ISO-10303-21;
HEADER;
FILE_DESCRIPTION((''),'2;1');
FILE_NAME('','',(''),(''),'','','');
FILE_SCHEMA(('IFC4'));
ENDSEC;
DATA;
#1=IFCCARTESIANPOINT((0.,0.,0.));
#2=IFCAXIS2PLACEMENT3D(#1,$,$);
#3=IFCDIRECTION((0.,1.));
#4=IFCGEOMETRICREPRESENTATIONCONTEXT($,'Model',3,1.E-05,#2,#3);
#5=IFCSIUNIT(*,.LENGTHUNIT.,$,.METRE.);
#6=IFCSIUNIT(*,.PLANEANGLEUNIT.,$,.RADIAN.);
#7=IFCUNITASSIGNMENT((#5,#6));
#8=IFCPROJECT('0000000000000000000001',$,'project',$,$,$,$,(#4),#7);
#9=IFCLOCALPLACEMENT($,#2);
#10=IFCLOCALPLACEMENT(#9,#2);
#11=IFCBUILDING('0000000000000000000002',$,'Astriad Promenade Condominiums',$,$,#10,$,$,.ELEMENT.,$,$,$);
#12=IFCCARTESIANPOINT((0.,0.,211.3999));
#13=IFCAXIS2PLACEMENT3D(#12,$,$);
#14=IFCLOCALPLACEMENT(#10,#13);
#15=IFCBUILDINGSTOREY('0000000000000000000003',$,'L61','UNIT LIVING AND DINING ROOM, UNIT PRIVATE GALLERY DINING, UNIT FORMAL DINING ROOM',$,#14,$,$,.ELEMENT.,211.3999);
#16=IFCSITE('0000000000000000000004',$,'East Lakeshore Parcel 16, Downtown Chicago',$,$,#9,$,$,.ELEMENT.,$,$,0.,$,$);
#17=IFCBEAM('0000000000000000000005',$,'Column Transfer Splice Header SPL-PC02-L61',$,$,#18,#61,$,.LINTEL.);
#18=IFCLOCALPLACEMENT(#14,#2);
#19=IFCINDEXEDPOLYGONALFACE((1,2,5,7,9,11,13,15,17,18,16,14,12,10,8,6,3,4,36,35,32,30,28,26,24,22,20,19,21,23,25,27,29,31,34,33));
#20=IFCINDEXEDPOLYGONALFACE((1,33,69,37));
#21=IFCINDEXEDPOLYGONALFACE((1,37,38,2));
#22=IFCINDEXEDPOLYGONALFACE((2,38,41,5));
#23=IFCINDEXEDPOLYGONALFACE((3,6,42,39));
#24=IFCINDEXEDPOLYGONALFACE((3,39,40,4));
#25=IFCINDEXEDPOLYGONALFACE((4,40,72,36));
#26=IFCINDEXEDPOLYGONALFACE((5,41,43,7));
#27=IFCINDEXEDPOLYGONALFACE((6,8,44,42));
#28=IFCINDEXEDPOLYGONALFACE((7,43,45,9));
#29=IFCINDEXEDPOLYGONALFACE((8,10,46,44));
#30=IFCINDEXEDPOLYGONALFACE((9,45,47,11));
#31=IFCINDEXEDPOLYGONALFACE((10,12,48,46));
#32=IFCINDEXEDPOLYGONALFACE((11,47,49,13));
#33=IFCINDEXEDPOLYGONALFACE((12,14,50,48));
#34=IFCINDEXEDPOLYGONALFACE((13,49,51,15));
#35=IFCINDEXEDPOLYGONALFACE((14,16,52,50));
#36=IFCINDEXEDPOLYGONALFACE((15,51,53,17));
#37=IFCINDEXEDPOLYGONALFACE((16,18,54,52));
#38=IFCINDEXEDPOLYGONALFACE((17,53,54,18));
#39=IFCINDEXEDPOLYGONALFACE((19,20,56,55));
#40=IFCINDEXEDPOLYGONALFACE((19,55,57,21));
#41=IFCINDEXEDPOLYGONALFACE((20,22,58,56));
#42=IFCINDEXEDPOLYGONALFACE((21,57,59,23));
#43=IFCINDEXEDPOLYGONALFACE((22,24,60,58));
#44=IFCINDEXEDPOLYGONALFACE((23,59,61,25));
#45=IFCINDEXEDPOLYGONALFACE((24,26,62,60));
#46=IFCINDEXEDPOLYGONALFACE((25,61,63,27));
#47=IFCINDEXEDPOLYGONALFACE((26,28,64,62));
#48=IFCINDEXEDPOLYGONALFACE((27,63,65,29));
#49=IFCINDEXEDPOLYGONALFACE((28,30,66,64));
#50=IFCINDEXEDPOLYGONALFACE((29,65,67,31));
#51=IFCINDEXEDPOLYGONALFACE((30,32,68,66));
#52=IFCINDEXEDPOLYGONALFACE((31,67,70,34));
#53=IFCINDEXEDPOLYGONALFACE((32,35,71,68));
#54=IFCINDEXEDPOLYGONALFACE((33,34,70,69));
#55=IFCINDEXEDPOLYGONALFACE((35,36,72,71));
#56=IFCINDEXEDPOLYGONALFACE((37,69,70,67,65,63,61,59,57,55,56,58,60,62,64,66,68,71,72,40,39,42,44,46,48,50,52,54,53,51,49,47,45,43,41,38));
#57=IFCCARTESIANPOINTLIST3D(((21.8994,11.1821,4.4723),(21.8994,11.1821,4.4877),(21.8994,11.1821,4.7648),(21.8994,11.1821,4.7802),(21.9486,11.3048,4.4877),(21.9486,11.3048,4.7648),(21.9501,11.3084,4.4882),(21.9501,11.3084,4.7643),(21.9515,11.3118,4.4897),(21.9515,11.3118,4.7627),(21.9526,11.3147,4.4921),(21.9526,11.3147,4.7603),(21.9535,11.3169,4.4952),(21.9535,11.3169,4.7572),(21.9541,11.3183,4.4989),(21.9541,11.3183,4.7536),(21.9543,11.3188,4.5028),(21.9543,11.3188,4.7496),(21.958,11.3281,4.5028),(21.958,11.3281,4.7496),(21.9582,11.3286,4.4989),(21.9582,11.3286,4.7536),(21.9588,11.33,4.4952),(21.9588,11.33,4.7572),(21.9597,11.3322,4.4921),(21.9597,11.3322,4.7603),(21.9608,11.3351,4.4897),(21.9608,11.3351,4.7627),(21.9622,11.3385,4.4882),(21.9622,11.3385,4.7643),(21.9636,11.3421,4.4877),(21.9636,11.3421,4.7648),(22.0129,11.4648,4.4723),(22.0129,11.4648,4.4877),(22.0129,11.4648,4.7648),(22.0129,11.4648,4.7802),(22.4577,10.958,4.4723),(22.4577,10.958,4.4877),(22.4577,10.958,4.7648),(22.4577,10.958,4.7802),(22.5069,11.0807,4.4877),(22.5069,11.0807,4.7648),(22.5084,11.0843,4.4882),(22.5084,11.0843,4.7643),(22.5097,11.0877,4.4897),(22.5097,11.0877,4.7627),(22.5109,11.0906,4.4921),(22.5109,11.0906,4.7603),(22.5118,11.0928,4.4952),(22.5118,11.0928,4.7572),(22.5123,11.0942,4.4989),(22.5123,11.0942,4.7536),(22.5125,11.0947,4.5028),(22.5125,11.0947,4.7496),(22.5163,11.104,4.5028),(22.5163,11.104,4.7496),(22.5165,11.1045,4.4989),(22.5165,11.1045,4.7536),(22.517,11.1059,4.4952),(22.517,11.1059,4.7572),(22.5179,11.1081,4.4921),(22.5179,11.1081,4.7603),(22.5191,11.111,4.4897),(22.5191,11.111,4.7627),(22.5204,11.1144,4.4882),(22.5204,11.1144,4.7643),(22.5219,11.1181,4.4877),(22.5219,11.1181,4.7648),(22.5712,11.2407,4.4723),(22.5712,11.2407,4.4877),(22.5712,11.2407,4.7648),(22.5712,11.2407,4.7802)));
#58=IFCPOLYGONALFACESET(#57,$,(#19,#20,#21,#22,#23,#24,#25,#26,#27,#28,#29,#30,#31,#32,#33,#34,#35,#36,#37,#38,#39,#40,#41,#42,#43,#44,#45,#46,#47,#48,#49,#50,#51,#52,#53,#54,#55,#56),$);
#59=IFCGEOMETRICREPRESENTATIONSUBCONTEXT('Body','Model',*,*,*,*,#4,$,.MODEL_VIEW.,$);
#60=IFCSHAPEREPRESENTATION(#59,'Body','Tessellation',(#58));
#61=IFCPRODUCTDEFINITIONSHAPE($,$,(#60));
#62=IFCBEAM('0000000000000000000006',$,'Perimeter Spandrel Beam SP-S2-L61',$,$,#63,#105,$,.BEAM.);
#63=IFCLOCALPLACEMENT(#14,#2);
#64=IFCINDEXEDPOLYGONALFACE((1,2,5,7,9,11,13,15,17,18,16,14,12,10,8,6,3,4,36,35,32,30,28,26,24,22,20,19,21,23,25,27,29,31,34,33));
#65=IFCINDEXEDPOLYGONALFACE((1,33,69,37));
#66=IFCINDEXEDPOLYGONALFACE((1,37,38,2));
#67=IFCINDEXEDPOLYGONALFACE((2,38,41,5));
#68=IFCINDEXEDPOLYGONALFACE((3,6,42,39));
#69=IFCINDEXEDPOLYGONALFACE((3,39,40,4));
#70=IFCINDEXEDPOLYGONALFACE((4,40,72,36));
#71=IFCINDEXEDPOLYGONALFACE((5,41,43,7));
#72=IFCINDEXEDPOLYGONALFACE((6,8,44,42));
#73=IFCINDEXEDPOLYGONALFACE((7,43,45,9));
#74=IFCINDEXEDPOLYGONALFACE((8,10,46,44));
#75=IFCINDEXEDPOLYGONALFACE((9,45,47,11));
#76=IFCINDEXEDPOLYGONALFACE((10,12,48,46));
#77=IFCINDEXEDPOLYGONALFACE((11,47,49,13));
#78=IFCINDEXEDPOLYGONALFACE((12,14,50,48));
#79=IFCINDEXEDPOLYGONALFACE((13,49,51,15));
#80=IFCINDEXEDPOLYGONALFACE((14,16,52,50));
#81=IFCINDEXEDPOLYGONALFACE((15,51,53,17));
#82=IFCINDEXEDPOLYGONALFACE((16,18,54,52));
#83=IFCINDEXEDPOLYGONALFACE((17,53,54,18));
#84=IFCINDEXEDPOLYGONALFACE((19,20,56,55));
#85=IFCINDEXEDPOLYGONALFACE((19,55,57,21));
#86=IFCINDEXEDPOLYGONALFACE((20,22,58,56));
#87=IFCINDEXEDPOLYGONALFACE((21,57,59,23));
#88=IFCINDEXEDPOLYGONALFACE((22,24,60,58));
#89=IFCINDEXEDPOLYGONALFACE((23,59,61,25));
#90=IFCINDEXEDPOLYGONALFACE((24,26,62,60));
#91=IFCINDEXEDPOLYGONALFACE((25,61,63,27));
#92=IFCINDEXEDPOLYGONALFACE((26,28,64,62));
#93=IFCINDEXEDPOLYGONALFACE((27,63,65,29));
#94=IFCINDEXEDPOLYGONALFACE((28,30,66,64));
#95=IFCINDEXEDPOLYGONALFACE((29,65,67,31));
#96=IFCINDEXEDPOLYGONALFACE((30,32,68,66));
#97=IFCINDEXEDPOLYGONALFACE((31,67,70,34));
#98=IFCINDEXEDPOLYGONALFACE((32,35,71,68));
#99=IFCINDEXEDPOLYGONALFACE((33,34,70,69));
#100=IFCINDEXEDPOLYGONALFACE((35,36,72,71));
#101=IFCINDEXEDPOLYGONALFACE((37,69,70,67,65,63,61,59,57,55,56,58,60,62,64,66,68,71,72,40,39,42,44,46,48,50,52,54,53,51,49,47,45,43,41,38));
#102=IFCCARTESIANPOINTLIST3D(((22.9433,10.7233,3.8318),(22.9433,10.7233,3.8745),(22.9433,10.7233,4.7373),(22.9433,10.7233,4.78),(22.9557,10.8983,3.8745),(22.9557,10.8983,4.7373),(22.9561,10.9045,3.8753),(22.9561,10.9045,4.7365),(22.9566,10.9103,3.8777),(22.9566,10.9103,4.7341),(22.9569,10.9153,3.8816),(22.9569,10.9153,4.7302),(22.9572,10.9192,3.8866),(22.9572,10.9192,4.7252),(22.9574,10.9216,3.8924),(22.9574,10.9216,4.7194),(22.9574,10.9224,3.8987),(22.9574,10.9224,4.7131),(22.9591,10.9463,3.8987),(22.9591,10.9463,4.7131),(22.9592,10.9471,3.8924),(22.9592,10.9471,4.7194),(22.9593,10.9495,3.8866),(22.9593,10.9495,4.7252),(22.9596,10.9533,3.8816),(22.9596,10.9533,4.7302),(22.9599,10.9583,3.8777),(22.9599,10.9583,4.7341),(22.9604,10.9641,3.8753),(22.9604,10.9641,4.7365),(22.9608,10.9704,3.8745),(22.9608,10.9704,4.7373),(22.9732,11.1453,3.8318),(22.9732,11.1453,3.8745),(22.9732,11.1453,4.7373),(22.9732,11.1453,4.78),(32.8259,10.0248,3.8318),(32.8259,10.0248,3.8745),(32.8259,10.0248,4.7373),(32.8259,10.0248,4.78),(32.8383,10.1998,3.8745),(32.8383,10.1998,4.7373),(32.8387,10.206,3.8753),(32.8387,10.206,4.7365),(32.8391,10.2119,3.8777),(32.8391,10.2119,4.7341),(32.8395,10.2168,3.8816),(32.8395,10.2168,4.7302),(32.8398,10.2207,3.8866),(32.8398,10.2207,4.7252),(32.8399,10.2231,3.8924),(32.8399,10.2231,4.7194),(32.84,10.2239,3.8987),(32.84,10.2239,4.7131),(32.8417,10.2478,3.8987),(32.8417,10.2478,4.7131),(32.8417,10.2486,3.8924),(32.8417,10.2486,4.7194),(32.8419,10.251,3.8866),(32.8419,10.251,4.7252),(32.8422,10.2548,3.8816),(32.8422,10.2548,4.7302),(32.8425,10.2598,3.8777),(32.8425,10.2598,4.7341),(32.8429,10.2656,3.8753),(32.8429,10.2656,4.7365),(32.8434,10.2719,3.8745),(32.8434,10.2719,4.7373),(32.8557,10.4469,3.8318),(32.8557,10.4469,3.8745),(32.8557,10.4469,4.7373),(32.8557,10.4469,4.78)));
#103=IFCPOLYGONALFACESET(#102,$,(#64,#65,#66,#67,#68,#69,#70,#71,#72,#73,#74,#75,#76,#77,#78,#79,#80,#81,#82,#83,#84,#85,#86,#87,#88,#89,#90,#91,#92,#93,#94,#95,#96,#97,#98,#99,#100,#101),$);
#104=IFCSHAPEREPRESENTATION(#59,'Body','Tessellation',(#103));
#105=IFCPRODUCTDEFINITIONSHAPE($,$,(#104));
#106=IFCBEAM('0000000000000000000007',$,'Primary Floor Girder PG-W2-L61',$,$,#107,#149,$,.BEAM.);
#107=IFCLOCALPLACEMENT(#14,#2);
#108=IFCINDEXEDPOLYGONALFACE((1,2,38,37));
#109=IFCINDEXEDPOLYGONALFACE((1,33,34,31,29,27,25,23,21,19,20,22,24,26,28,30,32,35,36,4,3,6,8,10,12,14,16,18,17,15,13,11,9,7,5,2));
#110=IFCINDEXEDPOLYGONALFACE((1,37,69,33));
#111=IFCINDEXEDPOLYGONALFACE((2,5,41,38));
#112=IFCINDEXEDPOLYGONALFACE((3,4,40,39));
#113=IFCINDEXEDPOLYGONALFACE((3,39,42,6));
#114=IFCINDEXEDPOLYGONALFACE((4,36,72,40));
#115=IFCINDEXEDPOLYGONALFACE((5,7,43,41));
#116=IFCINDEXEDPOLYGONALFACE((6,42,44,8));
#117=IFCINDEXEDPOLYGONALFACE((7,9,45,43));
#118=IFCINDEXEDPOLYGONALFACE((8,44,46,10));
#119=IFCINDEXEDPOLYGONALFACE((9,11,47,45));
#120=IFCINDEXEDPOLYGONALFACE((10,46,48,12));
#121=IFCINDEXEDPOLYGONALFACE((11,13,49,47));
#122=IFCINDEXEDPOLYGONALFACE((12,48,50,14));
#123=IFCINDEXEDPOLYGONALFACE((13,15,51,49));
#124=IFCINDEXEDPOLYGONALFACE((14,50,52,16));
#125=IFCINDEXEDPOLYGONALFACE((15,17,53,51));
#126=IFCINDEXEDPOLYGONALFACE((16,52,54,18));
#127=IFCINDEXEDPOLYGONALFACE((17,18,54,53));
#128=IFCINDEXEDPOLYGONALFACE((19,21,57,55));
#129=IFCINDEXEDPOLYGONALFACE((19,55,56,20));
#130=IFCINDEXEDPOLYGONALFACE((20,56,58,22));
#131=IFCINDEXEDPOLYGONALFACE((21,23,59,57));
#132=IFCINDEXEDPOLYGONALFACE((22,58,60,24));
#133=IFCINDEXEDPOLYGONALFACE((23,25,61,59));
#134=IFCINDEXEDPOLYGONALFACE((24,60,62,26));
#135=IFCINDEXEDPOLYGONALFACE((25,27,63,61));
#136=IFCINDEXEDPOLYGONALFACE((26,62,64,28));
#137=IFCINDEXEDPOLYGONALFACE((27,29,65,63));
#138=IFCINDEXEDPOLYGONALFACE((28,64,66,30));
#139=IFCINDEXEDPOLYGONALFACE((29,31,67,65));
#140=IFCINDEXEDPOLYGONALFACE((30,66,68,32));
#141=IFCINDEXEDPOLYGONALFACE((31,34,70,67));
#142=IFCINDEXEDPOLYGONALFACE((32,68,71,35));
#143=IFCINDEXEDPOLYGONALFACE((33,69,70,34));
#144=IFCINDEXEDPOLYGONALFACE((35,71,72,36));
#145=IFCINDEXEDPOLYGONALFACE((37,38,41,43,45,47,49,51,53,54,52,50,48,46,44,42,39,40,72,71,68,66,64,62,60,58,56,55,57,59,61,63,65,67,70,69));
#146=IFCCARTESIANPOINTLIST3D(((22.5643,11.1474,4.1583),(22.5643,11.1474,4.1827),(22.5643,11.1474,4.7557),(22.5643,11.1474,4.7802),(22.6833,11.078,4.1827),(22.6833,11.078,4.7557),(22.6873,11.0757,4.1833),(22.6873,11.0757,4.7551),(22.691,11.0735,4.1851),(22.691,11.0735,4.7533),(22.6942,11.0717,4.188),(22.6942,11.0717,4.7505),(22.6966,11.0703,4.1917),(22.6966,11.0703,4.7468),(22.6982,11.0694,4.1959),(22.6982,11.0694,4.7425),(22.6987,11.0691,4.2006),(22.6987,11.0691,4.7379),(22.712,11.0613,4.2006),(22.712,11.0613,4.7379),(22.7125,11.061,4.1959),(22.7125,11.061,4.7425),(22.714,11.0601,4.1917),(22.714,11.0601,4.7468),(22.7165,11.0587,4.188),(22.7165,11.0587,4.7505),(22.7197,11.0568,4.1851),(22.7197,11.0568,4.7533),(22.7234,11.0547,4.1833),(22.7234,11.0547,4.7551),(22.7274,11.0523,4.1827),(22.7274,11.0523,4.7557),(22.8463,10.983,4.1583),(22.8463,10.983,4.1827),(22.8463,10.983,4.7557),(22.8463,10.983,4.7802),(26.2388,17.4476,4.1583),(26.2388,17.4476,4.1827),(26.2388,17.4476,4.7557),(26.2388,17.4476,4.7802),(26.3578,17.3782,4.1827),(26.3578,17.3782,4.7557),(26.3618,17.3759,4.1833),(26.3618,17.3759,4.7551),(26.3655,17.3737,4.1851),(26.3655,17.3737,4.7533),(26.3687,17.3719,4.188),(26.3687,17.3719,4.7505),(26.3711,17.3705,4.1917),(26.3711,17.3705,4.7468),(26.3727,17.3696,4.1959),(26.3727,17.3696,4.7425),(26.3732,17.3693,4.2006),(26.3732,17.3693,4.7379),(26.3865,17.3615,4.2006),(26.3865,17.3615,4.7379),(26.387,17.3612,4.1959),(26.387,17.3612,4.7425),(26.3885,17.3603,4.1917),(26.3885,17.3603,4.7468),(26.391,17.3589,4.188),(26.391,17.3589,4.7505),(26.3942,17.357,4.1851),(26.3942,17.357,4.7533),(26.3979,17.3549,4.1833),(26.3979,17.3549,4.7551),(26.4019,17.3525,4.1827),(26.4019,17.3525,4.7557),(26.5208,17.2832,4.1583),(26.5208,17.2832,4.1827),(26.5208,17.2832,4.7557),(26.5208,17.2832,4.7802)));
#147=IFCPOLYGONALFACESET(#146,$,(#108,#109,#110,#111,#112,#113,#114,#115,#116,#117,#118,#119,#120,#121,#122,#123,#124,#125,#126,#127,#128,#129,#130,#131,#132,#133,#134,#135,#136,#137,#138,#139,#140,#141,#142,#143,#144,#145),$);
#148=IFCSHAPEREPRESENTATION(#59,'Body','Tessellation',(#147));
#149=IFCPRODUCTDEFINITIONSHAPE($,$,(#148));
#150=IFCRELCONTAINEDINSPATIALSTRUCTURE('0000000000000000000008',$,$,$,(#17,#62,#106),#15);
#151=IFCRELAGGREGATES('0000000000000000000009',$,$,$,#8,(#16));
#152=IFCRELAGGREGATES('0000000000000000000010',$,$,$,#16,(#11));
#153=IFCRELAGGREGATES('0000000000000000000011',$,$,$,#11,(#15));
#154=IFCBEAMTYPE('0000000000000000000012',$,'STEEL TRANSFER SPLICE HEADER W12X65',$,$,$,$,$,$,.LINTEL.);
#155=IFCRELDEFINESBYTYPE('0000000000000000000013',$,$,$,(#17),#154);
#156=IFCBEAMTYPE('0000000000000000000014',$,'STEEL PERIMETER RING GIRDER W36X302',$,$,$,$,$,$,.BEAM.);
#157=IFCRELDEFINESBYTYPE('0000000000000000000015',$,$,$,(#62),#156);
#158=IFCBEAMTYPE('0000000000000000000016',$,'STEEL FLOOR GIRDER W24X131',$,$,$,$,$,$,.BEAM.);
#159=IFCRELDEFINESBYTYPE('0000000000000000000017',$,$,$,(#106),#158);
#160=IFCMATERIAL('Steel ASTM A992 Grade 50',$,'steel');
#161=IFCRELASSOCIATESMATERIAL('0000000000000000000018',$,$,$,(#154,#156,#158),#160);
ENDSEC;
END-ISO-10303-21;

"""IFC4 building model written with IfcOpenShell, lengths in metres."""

from ifc_helpers import new_model, si_unit, direction, frame, origin, origin_2d, place, context, subcontext, project, spatial, i_section, extrude, source, transform, mapped, material, material_profile, profile_set, type_object, type_shapes, element, save


model = new_model("IFC4")

# Units and contexts
model_context = context("Model", 3, precision=1e-05, world=origin(), true_north=direction((0.0, 1.0)))
body_context = subcontext(model_context, "Body", "Model", "MODEL_VIEW")
ifc_project = project(units=[si_unit("LENGTHUNIT", "METRE"), si_unit("PLANEANGLEUNIT", "RADIAN")], contexts=[model_context])

# Site, building, storey
site_placement = place(None, origin())
site = spatial("IfcSite", under=ifc_project, at=site_placement, Name="East Lakeshore Parcel 16, Downtown Chicago", CompositionType="ELEMENT", RefElevation=0.0)
building_placement = place(site_placement, origin())
building = spatial("IfcBuilding", under=site, at=building_placement, Name="Astriad Promenade Condominiums", CompositionType="ELEMENT")
storey_placement = place(building_placement, frame((0.0, 0.0, 211.3999)))
storey = spatial("IfcBuildingStorey", under=building, at=storey_placement, Name="L61", Description="UNIT LIVING AND DINING ROOM, UNIT PRIVATE GALLERY DINING, UNIT FORMAL DINING ROOM", CompositionType="ELEMENT", Elevation=211.3999)

# Beams
ifc_material_1 = material(Name="Steel ASTM A992 Grade 50", Category="steel")
ifc_material_profile_1 = material_profile(ifc_material_1, i_section(OverallWidth=0.3047, OverallDepth=0.3079, WebThickness=0.01, FlangeThickness=0.0154, FilletRadius=0.0151, at=origin_2d()), Name="W12X65")
ifc_profile_set_1 = profile_set([ifc_material_profile_1], Name="Steel ASTM A992 Grade 50")
beam_type_1 = type_object("IfcBeamType", Name="STEEL TRANSFER SPLICE HEADER W12X65", PredefinedType="LINTEL", material=ifc_profile_set_1)
shared_shape_1 = source(origin(), body_context, "Body", "SweptSolid", [
    extrude(i_section(OverallWidth=0.3047, OverallDepth=0.3079, WebThickness=0.01, FlangeThickness=0.0154, FilletRadius=0.0151, at=origin_2d()), origin(), (0.0, 0.0, 1.0), 0.6016),
])
type_shapes(beam_type_1, [shared_shape_1])
beam_1_placement = place(storey_placement, frame((22.5144, 11.0994, 4.6262), z_axis=(-0.928028, 0.37251, 0.0), x_axis=(-0.37251, -0.928028, 0.0)))
element("IfcBeam", 1, at=beam_1_placement, inside=storey, type_object=beam_type_1, Name="Column Transfer Splice Header SPL-PC02-L61", PredefinedType="LINTEL", context=body_context, shape_type="MappedRepresentation", body=[
    mapped(shared_shape_1, transform((0.0, 0.0, 0.0), scale=1.0)),
])
ifc_material_profile_2 = material_profile(ifc_material_1, i_section(OverallWidth=0.4231, OverallDepth=0.9482, WebThickness=0.0239, FlangeThickness=0.0427, FilletRadius=0.0242, at=origin_2d()), Name="W36X302")
ifc_profile_set_2 = profile_set([ifc_material_profile_2], Name="Steel ASTM A992 Grade 50")
beam_type_2 = type_object("IfcBeamType", Name="STEEL PERIMETER RING GIRDER W36X302", PredefinedType="BEAM", material=ifc_profile_set_2)
shared_shape_2 = source(origin(), body_context, "Body", "SweptSolid", [
    extrude(i_section(OverallWidth=0.4231, OverallDepth=0.9482, WebThickness=0.0239, FlangeThickness=0.0427, FilletRadius=0.0242, at=origin_2d()), origin(), (0.0, 0.0, 1.0), 9.9072),
])
type_shapes(beam_type_2, [shared_shape_2])
beam_2_placement = place(storey_placement, frame((22.9583, 10.9343, 4.3059), z_axis=(0.997512, -0.070503, 0.0), x_axis=(0.070503, 0.997512, 0.0)))
element("IfcBeam", 2, at=beam_2_placement, inside=storey, type_object=beam_type_2, Name="Perimeter Spandrel Beam SP-S2-L61", PredefinedType="BEAM", context=body_context, shape_type="MappedRepresentation", body=[
    mapped(shared_shape_2, transform((0.0, 0.0, 0.0), scale=1.0)),
])
ifc_material_profile_3 = material_profile(ifc_material_1, i_section(OverallWidth=0.3264, OverallDepth=0.6218, WebThickness=0.0154, FlangeThickness=0.0244, FilletRadius=0.0178, at=origin_2d()), Name="W24X131")
ifc_profile_set_3 = profile_set([ifc_material_profile_3], Name="Steel ASTM A992 Grade 50")
beam_type_3 = type_object("IfcBeamType", Name="STEEL FLOOR GIRDER W24X131", PredefinedType="BEAM", material=ifc_profile_set_3)
shared_shape_3 = source(origin(), body_context, "Body", "SweptSolid", [
    extrude(i_section(OverallWidth=0.3264, OverallDepth=0.6218, WebThickness=0.0154, FlangeThickness=0.0244, FilletRadius=0.0178, at=origin_2d()), origin(), (0.0, 0.0, 1.0), 7.2935),
])
type_shapes(beam_type_3, [shared_shape_3])
beam_3_placement = place(storey_placement, frame((22.7053, 11.0652, 4.4692), z_axis=(0.503809, 0.863815, 0.0), x_axis=(-0.863815, 0.503809, 0.0)))
element("IfcBeam", 3, at=beam_3_placement, inside=storey, type_object=beam_type_3, Name="Primary Floor Girder PG-W2-L61", PredefinedType="BEAM", context=body_context, shape_type="MappedRepresentation", body=[
    mapped(shared_shape_3, transform((0.0, 0.0, 0.0), scale=1.0)),
])

save(model, "model.ifc")
